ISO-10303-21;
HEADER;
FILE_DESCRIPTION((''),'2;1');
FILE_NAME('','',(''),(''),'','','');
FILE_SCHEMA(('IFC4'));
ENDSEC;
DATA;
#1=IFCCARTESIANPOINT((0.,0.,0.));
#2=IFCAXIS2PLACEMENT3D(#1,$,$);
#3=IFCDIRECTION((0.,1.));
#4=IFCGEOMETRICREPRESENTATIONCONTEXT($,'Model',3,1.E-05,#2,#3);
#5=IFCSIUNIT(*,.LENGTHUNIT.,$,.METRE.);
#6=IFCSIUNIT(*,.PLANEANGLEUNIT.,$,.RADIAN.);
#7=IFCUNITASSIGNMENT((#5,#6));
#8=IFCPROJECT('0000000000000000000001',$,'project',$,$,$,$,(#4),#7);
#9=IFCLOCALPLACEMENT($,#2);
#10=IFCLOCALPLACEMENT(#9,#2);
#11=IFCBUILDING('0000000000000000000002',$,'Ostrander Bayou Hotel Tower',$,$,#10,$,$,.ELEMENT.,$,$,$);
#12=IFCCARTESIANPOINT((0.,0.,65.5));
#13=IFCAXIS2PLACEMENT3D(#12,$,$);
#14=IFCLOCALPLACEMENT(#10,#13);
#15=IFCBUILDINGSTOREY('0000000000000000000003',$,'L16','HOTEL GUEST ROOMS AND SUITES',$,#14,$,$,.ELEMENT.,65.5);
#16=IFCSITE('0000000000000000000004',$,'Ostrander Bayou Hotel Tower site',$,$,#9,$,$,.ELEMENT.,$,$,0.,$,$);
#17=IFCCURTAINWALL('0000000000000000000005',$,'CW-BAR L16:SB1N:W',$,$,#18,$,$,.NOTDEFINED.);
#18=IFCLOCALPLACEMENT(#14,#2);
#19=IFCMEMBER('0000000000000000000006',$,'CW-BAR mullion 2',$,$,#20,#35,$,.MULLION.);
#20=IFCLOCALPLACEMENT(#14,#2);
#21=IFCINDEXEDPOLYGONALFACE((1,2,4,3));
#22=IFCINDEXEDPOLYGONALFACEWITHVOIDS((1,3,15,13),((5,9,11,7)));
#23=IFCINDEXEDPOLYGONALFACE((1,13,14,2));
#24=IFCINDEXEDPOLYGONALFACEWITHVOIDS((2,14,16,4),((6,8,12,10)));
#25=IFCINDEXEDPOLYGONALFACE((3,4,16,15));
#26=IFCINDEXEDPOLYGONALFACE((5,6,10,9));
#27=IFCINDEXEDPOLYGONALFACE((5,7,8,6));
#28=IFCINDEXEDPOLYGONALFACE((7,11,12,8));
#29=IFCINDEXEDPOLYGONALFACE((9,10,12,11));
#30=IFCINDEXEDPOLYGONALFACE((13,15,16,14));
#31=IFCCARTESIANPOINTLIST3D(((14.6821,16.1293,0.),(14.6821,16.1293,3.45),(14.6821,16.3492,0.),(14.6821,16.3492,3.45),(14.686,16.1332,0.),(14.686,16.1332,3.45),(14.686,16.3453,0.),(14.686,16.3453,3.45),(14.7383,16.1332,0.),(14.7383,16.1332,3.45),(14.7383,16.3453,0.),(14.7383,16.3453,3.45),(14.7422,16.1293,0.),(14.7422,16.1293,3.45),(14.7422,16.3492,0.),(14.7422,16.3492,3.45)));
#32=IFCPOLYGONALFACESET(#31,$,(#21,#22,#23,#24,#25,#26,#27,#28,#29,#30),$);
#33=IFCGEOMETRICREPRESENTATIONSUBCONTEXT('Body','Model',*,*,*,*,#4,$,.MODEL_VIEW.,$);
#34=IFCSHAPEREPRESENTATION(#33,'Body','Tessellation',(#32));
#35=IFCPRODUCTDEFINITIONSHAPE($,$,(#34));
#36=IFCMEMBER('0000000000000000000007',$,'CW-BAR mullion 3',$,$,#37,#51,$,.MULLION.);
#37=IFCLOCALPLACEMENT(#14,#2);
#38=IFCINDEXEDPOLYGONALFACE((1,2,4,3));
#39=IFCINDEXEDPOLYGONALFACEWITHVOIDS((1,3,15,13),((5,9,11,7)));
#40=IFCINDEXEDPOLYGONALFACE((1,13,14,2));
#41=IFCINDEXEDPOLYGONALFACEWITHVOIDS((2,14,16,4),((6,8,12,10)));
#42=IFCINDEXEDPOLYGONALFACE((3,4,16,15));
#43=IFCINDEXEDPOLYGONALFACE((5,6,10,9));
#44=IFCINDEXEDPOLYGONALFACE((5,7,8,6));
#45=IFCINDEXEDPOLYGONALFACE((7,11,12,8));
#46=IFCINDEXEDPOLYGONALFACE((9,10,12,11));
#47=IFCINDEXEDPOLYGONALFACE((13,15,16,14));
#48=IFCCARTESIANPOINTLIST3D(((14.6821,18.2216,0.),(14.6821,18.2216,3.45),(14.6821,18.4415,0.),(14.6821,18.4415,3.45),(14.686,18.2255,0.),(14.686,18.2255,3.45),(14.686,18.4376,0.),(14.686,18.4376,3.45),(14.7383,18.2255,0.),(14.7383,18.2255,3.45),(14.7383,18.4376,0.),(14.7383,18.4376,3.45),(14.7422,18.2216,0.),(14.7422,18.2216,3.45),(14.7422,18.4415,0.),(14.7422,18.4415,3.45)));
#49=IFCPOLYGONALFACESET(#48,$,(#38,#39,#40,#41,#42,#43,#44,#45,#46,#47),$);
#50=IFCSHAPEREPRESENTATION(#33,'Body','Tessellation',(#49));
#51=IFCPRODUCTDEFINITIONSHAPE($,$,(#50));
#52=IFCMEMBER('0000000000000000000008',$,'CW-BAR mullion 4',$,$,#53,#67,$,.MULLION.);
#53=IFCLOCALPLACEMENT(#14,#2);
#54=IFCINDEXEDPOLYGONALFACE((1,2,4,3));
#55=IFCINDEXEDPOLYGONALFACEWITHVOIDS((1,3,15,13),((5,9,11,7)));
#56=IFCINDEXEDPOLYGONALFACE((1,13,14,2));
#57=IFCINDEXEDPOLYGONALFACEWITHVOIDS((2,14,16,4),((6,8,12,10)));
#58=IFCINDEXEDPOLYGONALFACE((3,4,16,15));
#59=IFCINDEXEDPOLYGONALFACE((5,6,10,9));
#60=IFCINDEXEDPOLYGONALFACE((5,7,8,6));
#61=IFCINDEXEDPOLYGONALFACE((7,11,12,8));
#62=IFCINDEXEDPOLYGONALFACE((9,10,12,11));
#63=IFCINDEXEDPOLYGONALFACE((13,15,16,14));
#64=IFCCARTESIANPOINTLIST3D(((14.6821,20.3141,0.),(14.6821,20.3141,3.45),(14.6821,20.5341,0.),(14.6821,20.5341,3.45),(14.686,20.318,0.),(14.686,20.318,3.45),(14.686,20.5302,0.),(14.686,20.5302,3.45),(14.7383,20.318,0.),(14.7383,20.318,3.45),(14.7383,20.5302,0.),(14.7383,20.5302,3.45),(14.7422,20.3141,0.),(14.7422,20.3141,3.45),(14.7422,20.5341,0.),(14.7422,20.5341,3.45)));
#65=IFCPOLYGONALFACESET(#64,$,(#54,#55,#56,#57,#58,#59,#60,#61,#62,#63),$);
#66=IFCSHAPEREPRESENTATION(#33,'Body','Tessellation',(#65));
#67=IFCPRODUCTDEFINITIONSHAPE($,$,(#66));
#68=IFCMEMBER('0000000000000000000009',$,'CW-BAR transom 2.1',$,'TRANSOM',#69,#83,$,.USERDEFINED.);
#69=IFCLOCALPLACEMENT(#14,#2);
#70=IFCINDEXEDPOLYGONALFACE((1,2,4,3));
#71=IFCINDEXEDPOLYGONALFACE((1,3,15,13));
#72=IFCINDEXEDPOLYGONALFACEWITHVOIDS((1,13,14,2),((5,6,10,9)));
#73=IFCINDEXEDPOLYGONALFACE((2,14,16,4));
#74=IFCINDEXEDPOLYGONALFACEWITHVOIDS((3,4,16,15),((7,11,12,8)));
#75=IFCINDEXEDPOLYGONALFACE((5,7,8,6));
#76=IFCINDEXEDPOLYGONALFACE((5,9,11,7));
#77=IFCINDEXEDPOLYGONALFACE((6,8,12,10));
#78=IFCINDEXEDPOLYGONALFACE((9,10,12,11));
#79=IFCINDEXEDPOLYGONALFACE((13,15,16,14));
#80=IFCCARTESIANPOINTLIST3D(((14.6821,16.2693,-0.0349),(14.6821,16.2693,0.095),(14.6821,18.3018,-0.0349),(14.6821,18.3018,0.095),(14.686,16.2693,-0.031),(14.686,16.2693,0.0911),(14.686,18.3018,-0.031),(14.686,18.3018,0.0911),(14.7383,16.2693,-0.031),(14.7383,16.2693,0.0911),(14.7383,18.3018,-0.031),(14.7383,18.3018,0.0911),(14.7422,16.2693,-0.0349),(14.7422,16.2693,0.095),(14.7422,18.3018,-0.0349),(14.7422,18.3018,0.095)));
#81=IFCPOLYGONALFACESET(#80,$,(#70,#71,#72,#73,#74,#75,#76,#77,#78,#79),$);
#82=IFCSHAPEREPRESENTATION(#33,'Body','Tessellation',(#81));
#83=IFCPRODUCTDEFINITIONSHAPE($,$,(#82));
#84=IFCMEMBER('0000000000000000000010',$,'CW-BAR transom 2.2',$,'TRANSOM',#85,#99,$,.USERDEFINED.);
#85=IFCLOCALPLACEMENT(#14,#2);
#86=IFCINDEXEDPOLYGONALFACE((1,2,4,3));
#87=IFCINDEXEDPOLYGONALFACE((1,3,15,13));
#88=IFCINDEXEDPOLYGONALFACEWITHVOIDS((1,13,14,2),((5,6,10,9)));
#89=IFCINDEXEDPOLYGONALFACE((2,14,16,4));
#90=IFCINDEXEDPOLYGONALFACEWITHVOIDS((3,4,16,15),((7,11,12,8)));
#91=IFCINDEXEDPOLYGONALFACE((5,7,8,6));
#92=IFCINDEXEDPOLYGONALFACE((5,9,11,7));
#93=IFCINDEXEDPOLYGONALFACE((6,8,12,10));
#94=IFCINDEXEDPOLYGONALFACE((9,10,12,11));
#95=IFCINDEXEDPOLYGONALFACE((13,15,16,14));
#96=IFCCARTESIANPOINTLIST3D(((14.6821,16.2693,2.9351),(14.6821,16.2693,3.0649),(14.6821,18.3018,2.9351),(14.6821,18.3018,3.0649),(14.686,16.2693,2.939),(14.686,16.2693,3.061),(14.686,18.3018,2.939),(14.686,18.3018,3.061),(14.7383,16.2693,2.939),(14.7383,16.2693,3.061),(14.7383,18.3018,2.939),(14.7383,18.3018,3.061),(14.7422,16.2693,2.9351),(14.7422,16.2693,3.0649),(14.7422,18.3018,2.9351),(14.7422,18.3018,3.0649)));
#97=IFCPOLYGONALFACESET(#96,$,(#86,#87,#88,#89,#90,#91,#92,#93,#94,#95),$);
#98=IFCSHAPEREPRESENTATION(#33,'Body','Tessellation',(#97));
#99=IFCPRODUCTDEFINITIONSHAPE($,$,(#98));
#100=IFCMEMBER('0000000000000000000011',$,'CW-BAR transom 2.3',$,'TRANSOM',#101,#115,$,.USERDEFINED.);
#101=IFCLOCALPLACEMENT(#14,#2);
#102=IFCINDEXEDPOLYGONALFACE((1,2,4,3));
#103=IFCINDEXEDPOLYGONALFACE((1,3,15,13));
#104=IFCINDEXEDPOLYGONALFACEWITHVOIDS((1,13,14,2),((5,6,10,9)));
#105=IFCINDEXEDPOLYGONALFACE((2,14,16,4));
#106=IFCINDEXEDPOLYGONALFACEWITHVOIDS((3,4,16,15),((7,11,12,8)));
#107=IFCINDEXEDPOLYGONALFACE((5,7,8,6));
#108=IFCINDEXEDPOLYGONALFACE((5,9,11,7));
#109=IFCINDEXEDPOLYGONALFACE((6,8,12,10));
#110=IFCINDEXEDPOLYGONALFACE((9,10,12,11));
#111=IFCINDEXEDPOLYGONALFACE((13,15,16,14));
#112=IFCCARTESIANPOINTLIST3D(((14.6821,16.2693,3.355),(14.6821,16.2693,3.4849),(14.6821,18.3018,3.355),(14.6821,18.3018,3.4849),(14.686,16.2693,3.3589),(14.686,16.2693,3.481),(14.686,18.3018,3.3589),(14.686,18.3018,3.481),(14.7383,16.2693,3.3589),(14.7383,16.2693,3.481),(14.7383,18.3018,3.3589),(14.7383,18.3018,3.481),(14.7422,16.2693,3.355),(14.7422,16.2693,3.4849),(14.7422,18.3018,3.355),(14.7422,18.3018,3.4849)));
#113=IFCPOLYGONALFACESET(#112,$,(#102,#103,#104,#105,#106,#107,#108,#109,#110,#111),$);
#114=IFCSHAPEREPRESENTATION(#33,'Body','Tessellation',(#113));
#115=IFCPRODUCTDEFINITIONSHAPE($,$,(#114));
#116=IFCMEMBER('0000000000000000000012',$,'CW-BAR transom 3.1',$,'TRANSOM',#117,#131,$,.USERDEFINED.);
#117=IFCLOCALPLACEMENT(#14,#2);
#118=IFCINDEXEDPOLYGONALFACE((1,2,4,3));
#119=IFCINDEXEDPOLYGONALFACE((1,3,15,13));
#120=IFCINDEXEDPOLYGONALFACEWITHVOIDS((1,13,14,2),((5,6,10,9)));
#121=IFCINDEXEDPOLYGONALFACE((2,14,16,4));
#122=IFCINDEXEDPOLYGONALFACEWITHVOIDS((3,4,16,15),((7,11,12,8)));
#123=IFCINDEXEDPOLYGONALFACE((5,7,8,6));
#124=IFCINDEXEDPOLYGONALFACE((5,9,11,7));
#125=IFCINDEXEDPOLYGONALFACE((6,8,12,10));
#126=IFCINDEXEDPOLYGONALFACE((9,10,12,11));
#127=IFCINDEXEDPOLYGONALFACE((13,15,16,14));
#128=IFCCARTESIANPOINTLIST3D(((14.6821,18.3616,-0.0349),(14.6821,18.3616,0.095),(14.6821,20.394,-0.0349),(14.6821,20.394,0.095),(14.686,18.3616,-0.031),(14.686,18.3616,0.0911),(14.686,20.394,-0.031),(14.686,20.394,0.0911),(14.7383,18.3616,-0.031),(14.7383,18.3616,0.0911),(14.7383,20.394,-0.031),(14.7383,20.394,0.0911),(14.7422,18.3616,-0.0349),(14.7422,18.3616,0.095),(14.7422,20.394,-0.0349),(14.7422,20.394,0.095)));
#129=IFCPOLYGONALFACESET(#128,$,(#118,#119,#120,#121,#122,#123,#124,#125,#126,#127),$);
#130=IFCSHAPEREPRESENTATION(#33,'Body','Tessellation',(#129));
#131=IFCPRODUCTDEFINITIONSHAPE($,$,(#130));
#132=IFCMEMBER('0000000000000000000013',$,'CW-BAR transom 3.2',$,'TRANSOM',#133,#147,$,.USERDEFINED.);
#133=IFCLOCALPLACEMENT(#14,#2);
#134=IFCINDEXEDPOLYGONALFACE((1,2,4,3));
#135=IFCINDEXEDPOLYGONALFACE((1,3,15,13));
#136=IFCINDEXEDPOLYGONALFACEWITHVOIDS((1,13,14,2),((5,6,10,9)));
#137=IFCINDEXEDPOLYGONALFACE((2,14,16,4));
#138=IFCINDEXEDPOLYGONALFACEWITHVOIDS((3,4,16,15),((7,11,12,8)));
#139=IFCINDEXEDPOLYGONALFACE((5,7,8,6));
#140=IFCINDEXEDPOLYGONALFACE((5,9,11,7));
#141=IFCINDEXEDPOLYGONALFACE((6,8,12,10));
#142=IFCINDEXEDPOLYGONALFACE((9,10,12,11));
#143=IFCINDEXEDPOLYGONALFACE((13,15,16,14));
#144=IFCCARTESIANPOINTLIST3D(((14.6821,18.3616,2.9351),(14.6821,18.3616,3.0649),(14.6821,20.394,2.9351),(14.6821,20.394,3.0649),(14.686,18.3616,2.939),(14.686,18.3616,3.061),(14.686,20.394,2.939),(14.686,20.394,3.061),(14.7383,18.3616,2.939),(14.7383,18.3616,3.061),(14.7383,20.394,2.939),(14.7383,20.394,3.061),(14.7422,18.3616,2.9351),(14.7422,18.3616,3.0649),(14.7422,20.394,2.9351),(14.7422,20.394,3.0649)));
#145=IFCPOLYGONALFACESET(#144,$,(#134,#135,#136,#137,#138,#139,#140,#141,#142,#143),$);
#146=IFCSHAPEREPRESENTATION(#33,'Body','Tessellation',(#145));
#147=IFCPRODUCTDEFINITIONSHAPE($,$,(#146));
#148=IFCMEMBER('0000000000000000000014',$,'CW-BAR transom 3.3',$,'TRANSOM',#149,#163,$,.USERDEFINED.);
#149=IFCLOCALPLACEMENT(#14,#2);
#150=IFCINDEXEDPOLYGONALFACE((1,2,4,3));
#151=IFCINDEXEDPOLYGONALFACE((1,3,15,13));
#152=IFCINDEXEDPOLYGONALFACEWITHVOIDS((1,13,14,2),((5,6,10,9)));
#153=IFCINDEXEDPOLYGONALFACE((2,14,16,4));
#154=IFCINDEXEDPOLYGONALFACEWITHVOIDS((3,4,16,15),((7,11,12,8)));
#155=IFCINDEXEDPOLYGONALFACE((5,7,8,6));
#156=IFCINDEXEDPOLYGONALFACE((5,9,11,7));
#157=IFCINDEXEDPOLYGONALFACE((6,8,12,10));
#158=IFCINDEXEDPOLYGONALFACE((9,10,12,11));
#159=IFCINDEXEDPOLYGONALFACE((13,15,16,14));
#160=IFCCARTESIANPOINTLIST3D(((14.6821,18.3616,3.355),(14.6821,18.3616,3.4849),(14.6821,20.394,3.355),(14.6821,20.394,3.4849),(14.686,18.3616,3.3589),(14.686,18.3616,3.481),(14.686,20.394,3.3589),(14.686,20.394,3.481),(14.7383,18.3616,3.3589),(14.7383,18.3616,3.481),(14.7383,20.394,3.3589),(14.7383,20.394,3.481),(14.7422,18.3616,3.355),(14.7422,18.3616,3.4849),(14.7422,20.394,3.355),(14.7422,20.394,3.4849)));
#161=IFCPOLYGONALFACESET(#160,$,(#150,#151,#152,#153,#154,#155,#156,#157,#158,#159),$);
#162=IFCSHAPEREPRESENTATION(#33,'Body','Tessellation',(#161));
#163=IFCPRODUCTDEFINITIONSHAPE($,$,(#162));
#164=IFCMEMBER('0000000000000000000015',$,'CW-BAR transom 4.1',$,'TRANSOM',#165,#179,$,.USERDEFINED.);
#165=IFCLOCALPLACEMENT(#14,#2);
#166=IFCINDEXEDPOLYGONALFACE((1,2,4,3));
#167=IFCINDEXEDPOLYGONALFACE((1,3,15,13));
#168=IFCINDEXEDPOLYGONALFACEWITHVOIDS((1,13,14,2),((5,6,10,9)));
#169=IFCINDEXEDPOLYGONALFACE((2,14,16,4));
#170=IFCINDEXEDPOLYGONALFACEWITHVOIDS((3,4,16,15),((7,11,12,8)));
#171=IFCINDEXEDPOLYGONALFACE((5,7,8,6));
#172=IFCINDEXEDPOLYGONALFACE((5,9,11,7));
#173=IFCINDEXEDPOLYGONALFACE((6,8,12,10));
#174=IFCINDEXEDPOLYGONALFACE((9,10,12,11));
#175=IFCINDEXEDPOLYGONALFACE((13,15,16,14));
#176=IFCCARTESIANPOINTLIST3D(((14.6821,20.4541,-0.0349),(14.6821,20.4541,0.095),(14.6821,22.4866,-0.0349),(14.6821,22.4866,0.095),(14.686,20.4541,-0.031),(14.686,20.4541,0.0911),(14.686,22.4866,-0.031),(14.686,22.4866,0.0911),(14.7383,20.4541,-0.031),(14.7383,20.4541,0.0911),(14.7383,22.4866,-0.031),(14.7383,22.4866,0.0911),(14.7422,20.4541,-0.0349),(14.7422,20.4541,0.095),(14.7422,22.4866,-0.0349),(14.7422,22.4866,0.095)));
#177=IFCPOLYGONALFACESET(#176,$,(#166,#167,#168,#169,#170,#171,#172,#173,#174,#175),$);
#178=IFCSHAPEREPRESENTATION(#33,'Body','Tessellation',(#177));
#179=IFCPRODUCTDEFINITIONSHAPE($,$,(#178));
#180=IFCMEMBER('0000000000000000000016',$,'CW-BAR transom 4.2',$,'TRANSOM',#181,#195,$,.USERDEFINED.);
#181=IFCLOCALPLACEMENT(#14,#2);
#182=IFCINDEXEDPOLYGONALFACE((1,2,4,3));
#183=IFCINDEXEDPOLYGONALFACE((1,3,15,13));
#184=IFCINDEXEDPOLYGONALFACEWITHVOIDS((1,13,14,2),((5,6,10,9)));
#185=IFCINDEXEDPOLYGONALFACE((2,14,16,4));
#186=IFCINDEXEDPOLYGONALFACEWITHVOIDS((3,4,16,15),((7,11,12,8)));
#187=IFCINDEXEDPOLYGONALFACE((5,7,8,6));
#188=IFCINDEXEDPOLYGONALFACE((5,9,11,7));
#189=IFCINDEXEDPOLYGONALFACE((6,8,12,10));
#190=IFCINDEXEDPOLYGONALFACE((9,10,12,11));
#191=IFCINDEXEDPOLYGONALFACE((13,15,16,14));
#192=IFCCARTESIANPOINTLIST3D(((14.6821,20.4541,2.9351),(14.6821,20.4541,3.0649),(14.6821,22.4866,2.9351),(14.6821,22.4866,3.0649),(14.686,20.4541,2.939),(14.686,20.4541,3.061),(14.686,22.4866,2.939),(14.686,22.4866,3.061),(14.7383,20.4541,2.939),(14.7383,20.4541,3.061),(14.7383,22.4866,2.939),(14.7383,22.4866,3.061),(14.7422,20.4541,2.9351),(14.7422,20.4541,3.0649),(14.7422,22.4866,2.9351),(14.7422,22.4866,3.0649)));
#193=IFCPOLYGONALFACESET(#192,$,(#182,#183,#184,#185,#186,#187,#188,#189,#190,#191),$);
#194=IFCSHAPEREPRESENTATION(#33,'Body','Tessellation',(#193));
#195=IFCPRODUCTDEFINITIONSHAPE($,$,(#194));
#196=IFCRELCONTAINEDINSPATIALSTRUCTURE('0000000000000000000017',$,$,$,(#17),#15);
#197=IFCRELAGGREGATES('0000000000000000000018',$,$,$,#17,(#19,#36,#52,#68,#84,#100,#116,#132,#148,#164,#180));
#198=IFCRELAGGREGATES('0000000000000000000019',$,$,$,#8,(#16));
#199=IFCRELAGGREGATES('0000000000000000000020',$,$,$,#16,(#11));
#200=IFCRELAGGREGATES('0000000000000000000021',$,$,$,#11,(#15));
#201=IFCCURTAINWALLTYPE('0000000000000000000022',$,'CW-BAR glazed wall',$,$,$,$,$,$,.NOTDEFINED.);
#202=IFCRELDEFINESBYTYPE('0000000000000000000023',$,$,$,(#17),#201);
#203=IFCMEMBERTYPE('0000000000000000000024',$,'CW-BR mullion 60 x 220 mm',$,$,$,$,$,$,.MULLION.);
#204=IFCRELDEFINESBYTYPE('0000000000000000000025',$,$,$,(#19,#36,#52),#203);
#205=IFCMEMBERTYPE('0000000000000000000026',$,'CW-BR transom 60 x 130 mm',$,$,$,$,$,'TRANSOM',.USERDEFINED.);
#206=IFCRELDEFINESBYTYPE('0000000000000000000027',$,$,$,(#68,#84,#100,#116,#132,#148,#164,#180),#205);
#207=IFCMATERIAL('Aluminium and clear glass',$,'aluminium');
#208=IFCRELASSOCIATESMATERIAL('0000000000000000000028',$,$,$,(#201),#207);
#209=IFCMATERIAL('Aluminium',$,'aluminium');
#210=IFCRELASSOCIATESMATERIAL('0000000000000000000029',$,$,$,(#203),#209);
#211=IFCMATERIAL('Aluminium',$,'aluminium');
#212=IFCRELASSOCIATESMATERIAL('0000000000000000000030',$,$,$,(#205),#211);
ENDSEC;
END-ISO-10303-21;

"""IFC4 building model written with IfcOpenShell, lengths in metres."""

from ifc_helpers import new_model, si_unit, direction, frame, origin, origin_2d, place, context, subcontext, project, spatial, hollow_rectangle, extrude, material, material_profile, profile_set, type_object, element, aggregate, save


model = new_model("IFC4")

# Units and contexts
model_context = context("Model", 3, precision=1e-05, world=origin(), true_north=direction((0.0, 1.0)))
body_context = subcontext(model_context, "Body", "Model", "MODEL_VIEW")
ifc_project = project(units=[si_unit("LENGTHUNIT", "METRE"), si_unit("PLANEANGLEUNIT", "RADIAN")], contexts=[model_context])

# Site, building, storey
site_placement = place(None, origin())
site = spatial("IfcSite", under=ifc_project, at=site_placement, Name="Ostrander Bayou Hotel Tower site", CompositionType="ELEMENT", RefElevation=0.0)
building_placement = place(site_placement, origin())
building = spatial("IfcBuilding", under=site, at=building_placement, Name="Ostrander Bayou Hotel Tower", CompositionType="ELEMENT")
storey_placement = place(building_placement, frame((0.0, 0.0, 65.5)))
storey = spatial("IfcBuildingStorey", under=building, at=storey_placement, Name="L16", Description="HOTEL GUEST ROOMS AND SUITES", CompositionType="ELEMENT", Elevation=65.5)

# Curtain wall, members
ifc_material_1 = material(Name="Aluminium and clear glass", Category="aluminium")
curtain_wall_type = type_object("IfcCurtainWallType", Name="CW-BAR glazed wall", PredefinedType="NOTDEFINED", material=ifc_material_1)
curtain_wall_placement = place(storey_placement, origin())
curtain_wall = element("IfcCurtainWall", 1, at=curtain_wall_placement, inside=storey, type_object=curtain_wall_type, Name="CW-BAR L16:SB1N:W", PredefinedType="NOTDEFINED")
ifc_material_2 = material(Name="Aluminium", Category="aluminium")
ifc_material_profile_1 = material_profile(ifc_material_2, hollow_rectangle(XDim=0.0601, YDim=0.22, WallThickness=0.0039, at=origin_2d()))
ifc_profile_set_1 = profile_set([ifc_material_profile_1], Name="Aluminium")
member_type_1 = type_object("IfcMemberType", Name="CW-BR mullion 60 x 220 mm", PredefinedType="MULLION", material=ifc_profile_set_1)
member_1_placement = place(storey_placement, frame((14.7122, 16.2393, 0.0), z_axis=(0.0, 0.0, 1.0), x_axis=(-1.0, 0.0, 0.0)))
member_1 = element("IfcMember", 2, at=member_1_placement, type_object=member_type_1, Name="CW-BAR mullion 2", PredefinedType="MULLION", context=body_context, shape_type="SweptSolid", body=[
    extrude(hollow_rectangle(XDim=0.0601, YDim=0.22, WallThickness=0.0039, at=origin_2d()), origin(), (0.0, 0.0, 1.0), 3.45),
])
member_2_placement = place(storey_placement, frame((14.7122, 18.3315, 0.0), z_axis=(0.0, 0.0, 1.0), x_axis=(-1.0, 0.0, 0.0)))
member_2 = element("IfcMember", 3, at=member_2_placement, type_object=member_type_1, Name="CW-BAR mullion 3", PredefinedType="MULLION", context=body_context, shape_type="SweptSolid", body=[
    extrude(hollow_rectangle(XDim=0.0601, YDim=0.22, WallThickness=0.0039, at=origin_2d()), origin(), (0.0, 0.0, 1.0), 3.45),
])
member_3_placement = place(storey_placement, frame((14.7122, 20.4241, 0.0), z_axis=(0.0, 0.0, 1.0), x_axis=(-1.0, 0.0, 0.0)))
member_3 = element("IfcMember", 4, at=member_3_placement, type_object=member_type_1, Name="CW-BAR mullion 4", PredefinedType="MULLION", context=body_context, shape_type="SweptSolid", body=[
    extrude(hollow_rectangle(XDim=0.0601, YDim=0.22, WallThickness=0.0039, at=origin_2d()), origin(), (0.0, 0.0, 1.0), 3.45),
])
ifc_material_3 = material(Name="Aluminium", Category="aluminium")
ifc_material_profile_2 = material_profile(ifc_material_3, hollow_rectangle(XDim=0.0601, YDim=0.1299, WallThickness=0.0039, at=origin_2d()))
ifc_profile_set_2 = profile_set([ifc_material_profile_2], Name="Aluminium")
member_type_2 = type_object("IfcMemberType", Name="CW-BR transom 60 x 130 mm", ElementType="TRANSOM", PredefinedType="USERDEFINED", material=ifc_profile_set_2)
member_4_placement = place(storey_placement, frame((14.7122, 16.2693, 0.03), z_axis=(0.0, 1.0, 0.0), x_axis=(-1.0, 0.0, 0.0)))
member_4 = element("IfcMember", 5, at=member_4_placement, type_object=member_type_2, Name="CW-BAR transom 2.1", ObjectType="TRANSOM", PredefinedType="USERDEFINED", context=body_context, shape_type="SweptSolid", body=[
    extrude(hollow_rectangle(XDim=0.0601, YDim=0.1299, WallThickness=0.0039, at=origin_2d()), origin(), (0.0, 0.0, 1.0), 2.0325),
])
member_5_placement = place(storey_placement, frame((14.7122, 16.2693, 3.0), z_axis=(0.0, 1.0, 0.0), x_axis=(-1.0, 0.0, 0.0)))
member_5 = element("IfcMember", 6, at=member_5_placement, type_object=member_type_2, Name="CW-BAR transom 2.2", ObjectType="TRANSOM", PredefinedType="USERDEFINED", context=body_context, shape_type="SweptSolid", body=[
    extrude(hollow_rectangle(XDim=0.0601, YDim=0.1299, WallThickness=0.0039, at=origin_2d()), origin(), (0.0, 0.0, 1.0), 2.0325),
])
member_6_placement = place(storey_placement, frame((14.7122, 16.2693, 3.4199), z_axis=(0.0, 1.0, 0.0), x_axis=(-1.0, 0.0, 0.0)))
member_6 = element("IfcMember", 7, at=member_6_placement, type_object=member_type_2, Name="CW-BAR transom 2.3", ObjectType="TRANSOM", PredefinedType="USERDEFINED", context=body_context, shape_type="SweptSolid", body=[
    extrude(hollow_rectangle(XDim=0.0601, YDim=0.1299, WallThickness=0.0039, at=origin_2d()), origin(), (0.0, 0.0, 1.0), 2.0325),
])
member_7_placement = place(storey_placement, frame((14.7122, 18.3616, 0.03), z_axis=(0.0, 1.0, 0.0), x_axis=(-1.0, 0.0, 0.0)))
member_7 = element("IfcMember", 8, at=member_7_placement, type_object=member_type_2, Name="CW-BAR transom 3.1", ObjectType="TRANSOM", PredefinedType="USERDEFINED", context=body_context, shape_type="SweptSolid", body=[
    extrude(hollow_rectangle(XDim=0.0601, YDim=0.1299, WallThickness=0.0039, at=origin_2d()), origin(), (0.0, 0.0, 1.0), 2.0325),
])
member_8_placement = place(storey_placement, frame((14.7122, 18.3616, 3.0), z_axis=(0.0, 1.0, 0.0), x_axis=(-1.0, 0.0, 0.0)))
member_8 = element("IfcMember", 9, at=member_8_placement, type_object=member_type_2, Name="CW-BAR transom 3.2", ObjectType="TRANSOM", PredefinedType="USERDEFINED", context=body_context, shape_type="SweptSolid", body=[
    extrude(hollow_rectangle(XDim=0.0601, YDim=0.1299, WallThickness=0.0039, at=origin_2d()), origin(), (0.0, 0.0, 1.0), 2.0325),
])
member_9_placement = place(storey_placement, frame((14.7122, 18.3616, 3.4199), z_axis=(0.0, 1.0, 0.0), x_axis=(-1.0, 0.0, 0.0)))
member_9 = element("IfcMember", 10, at=member_9_placement, type_object=member_type_2, Name="CW-BAR transom 3.3", ObjectType="TRANSOM", PredefinedType="USERDEFINED", context=body_context, shape_type="SweptSolid", body=[
    extrude(hollow_rectangle(XDim=0.0601, YDim=0.1299, WallThickness=0.0039, at=origin_2d()), origin(), (0.0, 0.0, 1.0), 2.0325),
])
member_10_placement = place(storey_placement, frame((14.7122, 20.4541, 0.03), z_axis=(0.0, 1.0, 0.0), x_axis=(-1.0, 0.0, 0.0)))
member_10 = element("IfcMember", 11, at=member_10_placement, type_object=member_type_2, Name="CW-BAR transom 4.1", ObjectType="TRANSOM", PredefinedType="USERDEFINED", context=body_context, shape_type="SweptSolid", body=[
    extrude(hollow_rectangle(XDim=0.0601, YDim=0.1299, WallThickness=0.0039, at=origin_2d()), origin(), (0.0, 0.0, 1.0), 2.0325),
])
member_11_placement = place(storey_placement, frame((14.7122, 20.4541, 3.0), z_axis=(0.0, 1.0, 0.0), x_axis=(-1.0, 0.0, 0.0)))
member_11 = element("IfcMember", 12, at=member_11_placement, type_object=member_type_2, Name="CW-BAR transom 4.2", ObjectType="TRANSOM", PredefinedType="USERDEFINED", context=body_context, shape_type="SweptSolid", body=[
    extrude(hollow_rectangle(XDim=0.0601, YDim=0.1299, WallThickness=0.0039, at=origin_2d()), origin(), (0.0, 0.0, 1.0), 2.0325),
])

aggregate(curtain_wall, [member_1, member_2, member_3, member_4, member_5, member_6, member_7, member_8, member_9, member_10, member_11])

save(model, "model.ifc")
